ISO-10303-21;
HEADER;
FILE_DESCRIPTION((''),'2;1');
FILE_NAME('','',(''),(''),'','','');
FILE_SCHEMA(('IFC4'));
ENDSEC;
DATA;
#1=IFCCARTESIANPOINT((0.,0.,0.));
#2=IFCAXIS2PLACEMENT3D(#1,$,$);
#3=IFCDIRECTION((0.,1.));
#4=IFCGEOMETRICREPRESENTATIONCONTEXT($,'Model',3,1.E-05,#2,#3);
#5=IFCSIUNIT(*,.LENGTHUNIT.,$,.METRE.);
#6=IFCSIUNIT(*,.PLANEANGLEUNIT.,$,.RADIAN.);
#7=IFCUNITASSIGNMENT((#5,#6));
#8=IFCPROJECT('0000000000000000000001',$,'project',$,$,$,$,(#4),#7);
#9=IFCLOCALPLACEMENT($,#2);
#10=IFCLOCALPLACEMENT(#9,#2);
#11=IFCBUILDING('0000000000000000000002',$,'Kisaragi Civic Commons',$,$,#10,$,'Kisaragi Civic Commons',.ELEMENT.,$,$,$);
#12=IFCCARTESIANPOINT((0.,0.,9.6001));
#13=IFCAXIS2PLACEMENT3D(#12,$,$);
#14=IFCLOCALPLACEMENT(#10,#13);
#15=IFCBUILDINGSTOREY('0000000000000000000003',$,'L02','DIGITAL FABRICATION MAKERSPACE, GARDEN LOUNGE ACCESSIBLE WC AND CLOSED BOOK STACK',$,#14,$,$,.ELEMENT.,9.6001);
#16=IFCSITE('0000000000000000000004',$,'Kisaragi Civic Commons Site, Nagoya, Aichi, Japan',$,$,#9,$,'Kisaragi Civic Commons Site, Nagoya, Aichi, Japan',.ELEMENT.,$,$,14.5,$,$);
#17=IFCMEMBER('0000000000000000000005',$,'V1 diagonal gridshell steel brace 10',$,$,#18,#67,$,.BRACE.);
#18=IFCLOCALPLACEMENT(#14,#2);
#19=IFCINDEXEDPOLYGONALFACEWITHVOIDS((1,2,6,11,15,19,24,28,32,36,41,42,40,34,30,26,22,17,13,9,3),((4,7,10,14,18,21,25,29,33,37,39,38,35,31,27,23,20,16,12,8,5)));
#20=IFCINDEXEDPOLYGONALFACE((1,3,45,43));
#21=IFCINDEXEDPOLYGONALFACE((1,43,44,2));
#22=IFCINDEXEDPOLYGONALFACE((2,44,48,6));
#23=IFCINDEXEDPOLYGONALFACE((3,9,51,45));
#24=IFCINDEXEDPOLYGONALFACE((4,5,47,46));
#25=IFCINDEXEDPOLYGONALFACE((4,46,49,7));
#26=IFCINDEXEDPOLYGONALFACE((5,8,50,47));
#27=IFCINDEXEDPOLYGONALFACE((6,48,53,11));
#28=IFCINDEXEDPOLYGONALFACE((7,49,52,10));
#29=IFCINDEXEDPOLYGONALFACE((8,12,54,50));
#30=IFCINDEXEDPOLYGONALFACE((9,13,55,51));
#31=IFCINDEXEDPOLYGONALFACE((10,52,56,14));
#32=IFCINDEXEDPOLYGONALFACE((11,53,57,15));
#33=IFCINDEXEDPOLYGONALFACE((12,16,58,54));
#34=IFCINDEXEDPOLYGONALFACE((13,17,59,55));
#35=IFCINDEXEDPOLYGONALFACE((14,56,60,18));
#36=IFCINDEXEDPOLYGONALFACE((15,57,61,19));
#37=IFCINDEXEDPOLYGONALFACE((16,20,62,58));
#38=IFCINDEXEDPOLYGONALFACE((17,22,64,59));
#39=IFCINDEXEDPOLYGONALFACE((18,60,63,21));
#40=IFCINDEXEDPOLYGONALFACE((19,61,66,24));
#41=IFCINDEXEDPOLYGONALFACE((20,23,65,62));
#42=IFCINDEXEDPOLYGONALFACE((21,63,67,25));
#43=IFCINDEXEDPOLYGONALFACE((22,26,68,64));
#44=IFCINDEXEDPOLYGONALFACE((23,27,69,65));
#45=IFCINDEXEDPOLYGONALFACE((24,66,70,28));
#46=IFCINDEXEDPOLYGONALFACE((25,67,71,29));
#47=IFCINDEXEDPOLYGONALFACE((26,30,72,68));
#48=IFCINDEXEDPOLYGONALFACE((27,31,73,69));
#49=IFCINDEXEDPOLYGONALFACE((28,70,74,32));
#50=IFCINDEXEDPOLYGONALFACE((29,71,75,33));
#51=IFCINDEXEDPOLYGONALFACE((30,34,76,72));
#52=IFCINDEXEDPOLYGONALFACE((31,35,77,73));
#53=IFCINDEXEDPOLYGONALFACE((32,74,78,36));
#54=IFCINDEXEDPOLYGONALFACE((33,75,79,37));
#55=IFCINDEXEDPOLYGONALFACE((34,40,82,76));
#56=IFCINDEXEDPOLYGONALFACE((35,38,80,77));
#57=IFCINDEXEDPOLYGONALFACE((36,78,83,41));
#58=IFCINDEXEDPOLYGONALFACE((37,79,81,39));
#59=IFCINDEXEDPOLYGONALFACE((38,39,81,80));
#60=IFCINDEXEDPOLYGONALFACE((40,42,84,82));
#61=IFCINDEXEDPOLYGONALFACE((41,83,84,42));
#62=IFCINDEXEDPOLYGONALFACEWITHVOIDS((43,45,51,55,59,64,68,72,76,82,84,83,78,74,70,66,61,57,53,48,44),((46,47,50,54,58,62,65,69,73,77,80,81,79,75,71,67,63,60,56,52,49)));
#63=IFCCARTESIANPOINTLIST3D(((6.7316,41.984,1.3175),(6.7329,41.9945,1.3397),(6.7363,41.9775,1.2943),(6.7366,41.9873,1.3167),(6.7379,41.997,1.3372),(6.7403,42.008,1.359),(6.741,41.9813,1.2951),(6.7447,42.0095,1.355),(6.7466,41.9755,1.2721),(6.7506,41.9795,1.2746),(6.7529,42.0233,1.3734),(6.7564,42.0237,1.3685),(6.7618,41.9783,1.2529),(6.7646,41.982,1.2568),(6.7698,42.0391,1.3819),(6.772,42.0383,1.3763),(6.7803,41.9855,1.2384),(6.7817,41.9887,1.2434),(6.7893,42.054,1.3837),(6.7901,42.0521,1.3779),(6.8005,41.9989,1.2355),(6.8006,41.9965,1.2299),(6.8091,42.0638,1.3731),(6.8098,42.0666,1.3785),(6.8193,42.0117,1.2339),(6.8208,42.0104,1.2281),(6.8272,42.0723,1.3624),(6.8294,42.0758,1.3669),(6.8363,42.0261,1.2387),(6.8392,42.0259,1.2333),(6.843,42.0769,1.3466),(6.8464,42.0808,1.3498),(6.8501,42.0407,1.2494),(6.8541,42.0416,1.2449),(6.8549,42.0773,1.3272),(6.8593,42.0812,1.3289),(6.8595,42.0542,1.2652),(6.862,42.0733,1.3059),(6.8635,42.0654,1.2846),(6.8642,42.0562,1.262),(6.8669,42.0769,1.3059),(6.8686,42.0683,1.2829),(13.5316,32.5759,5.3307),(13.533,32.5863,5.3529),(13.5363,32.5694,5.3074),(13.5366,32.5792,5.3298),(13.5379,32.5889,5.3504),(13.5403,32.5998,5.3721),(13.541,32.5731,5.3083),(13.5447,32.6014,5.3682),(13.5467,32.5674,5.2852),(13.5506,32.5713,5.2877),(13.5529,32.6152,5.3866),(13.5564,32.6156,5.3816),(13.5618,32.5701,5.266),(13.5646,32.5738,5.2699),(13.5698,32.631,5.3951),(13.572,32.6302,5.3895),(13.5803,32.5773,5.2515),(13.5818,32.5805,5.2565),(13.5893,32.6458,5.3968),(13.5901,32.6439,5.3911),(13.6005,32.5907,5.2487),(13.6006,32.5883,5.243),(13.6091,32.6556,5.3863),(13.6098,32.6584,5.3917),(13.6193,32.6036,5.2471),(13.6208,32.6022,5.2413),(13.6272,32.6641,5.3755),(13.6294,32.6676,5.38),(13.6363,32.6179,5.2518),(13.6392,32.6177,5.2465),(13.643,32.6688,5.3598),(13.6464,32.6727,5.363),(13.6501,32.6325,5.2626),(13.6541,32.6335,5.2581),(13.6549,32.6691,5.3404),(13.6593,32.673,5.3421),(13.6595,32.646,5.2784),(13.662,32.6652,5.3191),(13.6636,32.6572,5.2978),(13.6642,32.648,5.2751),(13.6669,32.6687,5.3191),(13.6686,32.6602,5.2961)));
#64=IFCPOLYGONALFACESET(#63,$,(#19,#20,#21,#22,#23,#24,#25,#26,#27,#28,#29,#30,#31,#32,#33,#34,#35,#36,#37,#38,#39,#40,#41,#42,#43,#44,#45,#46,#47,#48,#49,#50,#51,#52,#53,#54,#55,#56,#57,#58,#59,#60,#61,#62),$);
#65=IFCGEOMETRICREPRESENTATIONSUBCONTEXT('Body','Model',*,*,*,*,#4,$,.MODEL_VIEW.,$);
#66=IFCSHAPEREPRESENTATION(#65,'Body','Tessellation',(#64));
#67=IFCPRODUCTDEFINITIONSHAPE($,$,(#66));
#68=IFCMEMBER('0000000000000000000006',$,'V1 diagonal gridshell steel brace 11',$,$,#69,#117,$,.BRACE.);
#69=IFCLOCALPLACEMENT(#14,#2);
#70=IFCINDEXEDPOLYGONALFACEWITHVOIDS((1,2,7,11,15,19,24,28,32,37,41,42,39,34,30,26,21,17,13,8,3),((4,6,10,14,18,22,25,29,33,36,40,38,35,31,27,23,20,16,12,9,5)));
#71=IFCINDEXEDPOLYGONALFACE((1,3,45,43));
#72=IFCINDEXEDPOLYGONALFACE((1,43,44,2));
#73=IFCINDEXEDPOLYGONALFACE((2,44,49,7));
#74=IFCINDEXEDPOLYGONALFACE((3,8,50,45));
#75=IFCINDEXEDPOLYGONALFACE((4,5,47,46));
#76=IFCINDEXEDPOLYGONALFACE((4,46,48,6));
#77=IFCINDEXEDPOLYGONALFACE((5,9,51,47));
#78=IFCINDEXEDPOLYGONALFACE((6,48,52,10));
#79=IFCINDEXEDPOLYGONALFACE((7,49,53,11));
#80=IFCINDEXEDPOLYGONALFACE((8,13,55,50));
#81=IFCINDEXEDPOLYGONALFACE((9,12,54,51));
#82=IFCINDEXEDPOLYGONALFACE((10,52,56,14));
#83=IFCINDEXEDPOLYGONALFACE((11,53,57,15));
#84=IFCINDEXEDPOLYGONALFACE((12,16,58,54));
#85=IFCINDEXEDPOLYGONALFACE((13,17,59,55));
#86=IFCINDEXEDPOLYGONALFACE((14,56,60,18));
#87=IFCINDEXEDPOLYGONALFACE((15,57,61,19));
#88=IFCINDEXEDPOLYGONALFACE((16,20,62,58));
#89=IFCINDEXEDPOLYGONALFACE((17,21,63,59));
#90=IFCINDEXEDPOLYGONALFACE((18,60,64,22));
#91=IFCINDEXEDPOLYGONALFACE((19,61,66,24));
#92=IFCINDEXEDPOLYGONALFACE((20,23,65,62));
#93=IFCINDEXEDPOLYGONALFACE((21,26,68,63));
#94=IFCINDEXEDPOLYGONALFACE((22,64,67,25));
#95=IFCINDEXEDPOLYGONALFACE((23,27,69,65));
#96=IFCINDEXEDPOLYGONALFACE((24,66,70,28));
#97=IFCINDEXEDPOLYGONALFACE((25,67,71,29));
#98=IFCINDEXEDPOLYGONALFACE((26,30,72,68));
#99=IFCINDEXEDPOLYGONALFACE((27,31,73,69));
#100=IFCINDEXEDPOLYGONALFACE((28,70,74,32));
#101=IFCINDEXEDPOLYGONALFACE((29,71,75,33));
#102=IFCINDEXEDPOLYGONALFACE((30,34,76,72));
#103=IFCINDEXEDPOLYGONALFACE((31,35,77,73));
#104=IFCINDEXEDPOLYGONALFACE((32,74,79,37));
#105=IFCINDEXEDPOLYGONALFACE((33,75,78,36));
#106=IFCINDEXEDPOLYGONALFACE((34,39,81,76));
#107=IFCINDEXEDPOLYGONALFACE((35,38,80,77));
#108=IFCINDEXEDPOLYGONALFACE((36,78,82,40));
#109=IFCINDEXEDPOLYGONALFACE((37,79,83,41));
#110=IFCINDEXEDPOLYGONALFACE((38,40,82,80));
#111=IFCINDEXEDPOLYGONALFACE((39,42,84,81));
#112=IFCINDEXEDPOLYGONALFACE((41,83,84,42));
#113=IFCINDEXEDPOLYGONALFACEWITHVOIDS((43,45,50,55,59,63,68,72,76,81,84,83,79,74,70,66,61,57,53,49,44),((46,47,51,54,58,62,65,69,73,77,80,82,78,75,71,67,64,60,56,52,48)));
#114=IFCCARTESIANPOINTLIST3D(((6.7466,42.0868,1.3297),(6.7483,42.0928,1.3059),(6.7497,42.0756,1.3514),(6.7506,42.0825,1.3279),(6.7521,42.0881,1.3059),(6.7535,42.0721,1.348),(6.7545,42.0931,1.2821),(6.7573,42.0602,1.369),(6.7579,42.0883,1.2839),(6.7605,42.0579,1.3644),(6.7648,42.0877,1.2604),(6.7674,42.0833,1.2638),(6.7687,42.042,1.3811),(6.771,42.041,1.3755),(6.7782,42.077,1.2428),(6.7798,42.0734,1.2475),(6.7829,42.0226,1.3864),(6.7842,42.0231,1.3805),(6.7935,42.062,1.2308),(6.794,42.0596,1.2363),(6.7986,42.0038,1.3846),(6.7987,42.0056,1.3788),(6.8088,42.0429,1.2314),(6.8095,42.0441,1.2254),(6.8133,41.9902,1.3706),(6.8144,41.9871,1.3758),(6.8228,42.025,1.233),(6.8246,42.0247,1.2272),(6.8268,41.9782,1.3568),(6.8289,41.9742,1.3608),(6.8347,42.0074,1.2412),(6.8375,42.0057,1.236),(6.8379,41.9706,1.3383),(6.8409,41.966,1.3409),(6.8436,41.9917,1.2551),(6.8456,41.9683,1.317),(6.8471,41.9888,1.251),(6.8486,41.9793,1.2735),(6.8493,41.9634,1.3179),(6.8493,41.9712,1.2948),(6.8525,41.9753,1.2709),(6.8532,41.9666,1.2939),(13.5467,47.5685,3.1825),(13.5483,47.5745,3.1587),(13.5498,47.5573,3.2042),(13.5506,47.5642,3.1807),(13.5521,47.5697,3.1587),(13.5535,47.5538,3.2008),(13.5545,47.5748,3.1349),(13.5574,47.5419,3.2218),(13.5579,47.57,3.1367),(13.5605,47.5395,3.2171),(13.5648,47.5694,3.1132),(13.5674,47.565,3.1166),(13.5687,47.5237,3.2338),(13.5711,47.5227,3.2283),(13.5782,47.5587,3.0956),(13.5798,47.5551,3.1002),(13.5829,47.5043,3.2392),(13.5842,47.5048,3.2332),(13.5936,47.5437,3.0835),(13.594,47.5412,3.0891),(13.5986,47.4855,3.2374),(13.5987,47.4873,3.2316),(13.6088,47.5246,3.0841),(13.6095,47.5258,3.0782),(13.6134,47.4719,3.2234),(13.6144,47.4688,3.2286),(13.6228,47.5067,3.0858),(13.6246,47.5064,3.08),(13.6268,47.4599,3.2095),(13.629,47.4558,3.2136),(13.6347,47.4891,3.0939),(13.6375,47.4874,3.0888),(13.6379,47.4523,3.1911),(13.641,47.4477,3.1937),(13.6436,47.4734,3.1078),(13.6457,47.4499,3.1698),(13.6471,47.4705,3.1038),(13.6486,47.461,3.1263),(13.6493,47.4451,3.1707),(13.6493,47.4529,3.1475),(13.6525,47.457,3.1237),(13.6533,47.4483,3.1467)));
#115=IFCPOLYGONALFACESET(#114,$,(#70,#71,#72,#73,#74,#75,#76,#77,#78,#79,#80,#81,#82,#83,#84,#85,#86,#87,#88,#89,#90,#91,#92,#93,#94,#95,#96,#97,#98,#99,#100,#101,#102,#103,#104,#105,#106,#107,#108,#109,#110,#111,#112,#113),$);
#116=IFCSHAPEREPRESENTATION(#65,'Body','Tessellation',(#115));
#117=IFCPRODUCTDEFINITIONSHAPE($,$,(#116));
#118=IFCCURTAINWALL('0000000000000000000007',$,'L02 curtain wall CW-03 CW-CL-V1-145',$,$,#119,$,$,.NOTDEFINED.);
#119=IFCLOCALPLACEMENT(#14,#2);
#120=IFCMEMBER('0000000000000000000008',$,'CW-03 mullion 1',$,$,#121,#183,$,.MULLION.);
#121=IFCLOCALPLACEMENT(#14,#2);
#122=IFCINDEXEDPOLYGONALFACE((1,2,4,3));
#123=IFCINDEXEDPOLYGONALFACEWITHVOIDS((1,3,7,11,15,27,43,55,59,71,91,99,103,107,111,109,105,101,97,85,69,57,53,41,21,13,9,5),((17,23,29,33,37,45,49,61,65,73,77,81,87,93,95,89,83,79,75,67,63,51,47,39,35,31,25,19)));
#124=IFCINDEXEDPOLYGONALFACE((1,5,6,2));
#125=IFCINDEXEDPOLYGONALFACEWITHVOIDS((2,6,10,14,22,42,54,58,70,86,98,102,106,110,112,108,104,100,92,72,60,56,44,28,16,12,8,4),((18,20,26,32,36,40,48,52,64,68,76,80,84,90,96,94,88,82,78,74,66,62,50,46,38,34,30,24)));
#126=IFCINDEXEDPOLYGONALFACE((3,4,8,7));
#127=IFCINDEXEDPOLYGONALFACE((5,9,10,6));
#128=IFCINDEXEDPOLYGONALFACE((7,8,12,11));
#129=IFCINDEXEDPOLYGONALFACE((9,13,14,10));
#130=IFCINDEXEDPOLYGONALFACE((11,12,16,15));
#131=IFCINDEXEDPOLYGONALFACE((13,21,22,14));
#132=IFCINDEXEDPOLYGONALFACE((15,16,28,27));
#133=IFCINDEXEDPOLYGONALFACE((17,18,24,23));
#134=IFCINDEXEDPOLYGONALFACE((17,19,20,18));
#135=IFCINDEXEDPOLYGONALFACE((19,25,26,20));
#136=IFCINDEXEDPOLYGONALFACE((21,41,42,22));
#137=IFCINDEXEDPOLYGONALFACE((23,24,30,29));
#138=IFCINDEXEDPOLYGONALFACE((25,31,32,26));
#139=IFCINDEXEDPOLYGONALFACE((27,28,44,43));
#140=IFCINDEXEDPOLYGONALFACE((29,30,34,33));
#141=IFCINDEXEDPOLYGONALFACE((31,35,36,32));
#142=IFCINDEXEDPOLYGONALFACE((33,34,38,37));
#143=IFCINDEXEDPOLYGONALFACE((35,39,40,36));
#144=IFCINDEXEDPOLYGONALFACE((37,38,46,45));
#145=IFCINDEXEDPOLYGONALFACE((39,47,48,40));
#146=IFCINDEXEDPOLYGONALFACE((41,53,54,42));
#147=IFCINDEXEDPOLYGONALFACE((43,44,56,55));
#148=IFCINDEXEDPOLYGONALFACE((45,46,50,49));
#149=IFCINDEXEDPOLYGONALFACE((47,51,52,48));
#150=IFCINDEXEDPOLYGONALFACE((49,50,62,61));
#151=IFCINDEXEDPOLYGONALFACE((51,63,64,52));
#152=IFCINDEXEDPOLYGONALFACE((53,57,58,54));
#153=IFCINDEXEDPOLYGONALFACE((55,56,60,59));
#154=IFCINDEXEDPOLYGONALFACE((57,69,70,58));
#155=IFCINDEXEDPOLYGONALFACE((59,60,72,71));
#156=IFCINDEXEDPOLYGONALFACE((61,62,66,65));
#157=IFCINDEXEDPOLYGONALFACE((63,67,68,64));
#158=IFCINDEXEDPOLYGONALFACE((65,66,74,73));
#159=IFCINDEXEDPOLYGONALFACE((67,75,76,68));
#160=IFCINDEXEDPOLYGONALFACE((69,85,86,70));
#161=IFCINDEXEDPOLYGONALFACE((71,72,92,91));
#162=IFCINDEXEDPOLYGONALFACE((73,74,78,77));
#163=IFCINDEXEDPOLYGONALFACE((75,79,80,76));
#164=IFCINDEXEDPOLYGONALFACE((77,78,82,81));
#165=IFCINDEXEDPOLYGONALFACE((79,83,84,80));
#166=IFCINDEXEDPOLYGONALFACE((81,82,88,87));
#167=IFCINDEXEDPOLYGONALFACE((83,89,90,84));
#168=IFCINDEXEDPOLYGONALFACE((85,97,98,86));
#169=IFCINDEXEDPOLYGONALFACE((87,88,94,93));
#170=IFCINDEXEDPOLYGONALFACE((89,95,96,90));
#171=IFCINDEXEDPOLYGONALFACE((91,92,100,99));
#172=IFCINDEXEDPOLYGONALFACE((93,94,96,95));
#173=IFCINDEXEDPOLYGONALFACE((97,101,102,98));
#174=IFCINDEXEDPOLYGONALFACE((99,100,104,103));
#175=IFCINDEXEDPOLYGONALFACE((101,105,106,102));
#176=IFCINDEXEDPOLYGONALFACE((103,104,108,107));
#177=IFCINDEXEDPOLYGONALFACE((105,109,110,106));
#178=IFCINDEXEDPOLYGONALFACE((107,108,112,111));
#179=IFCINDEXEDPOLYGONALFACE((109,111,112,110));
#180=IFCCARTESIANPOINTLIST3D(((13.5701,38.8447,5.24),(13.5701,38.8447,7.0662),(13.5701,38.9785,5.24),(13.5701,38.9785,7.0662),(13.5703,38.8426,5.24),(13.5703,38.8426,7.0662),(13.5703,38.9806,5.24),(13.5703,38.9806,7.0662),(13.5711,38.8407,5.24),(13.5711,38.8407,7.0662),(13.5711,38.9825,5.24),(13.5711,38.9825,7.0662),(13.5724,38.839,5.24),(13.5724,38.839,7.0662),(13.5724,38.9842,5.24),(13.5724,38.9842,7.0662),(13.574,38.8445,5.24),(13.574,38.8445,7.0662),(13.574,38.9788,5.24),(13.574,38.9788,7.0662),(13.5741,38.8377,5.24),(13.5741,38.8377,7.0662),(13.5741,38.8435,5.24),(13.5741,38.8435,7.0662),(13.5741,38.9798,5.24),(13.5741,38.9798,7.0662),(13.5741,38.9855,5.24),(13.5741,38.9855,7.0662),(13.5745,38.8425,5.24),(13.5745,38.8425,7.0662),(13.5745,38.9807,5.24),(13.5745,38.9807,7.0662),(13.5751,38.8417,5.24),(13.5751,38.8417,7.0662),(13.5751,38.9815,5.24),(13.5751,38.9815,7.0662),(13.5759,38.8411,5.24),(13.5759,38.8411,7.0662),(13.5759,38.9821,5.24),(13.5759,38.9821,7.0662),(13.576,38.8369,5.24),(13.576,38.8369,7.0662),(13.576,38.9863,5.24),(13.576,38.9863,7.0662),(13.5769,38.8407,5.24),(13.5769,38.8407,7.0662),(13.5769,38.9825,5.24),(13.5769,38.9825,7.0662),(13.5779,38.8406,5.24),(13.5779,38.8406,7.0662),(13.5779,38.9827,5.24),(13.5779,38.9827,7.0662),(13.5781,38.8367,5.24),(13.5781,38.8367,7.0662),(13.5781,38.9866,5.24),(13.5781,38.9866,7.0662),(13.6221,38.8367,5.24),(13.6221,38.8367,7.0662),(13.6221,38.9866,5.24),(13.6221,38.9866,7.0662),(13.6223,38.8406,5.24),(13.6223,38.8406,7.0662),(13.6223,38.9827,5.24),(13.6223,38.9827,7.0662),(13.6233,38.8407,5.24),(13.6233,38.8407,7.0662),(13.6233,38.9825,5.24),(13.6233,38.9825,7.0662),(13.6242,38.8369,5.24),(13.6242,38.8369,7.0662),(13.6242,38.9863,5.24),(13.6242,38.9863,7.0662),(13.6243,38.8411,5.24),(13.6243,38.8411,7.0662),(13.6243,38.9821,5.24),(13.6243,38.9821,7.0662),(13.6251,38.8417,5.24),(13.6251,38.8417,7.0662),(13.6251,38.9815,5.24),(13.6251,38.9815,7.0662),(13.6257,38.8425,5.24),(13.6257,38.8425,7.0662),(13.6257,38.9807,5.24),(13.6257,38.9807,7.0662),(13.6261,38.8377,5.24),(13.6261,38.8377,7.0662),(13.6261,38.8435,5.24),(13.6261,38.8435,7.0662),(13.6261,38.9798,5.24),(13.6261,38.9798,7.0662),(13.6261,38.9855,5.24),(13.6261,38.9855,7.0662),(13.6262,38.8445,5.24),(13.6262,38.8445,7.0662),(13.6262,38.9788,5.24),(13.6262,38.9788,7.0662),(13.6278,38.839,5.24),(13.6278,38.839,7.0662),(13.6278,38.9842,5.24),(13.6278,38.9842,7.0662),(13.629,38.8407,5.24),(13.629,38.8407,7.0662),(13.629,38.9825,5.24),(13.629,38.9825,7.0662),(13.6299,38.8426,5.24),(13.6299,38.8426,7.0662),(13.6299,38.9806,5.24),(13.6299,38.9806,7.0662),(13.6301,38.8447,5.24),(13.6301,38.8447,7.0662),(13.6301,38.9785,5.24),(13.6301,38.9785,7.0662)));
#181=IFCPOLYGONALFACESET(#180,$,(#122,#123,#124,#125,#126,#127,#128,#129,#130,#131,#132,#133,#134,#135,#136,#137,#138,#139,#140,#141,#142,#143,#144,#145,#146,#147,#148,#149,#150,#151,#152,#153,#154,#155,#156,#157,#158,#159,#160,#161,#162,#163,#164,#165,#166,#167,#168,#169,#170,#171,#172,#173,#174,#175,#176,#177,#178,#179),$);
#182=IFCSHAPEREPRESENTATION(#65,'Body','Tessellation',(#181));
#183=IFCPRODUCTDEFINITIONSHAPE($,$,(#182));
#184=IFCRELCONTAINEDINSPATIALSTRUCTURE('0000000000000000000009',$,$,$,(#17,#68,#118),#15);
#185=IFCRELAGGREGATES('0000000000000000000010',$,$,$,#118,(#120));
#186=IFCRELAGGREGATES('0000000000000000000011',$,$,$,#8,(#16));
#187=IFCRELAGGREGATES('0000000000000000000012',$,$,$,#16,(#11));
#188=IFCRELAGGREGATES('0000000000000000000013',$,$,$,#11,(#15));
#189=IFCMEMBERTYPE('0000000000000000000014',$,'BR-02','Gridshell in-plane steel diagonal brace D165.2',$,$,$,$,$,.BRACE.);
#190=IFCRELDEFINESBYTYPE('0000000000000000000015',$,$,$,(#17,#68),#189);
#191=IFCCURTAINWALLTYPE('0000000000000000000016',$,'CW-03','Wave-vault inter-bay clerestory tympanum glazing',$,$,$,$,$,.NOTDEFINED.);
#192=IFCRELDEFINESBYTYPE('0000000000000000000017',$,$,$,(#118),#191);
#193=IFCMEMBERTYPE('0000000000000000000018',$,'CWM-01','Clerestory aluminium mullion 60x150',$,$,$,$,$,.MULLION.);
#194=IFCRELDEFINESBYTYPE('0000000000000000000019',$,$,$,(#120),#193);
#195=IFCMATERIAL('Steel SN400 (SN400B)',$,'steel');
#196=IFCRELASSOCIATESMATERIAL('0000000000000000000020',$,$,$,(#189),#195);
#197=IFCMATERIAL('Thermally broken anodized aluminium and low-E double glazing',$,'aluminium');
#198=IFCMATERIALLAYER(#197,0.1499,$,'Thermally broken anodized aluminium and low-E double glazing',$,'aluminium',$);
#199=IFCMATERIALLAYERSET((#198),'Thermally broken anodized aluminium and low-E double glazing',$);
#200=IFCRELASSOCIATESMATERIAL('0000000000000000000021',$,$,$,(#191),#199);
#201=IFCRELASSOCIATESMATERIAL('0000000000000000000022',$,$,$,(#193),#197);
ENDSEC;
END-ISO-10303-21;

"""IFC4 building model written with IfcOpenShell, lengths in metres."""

from ifc_helpers import new_model, si_unit, direction, frame, origin, origin_2d, place, context, subcontext, project, spatial, hollow_rectangle, hollow_circle, extrude, material, layer, layer_set, material_profile, profile_set, type_object, element, aggregate, save


model = new_model("IFC4")

# Units and contexts
model_context = context("Model", 3, precision=1e-05, world=origin(), true_north=direction((0.0, 1.0)))
body_context = subcontext(model_context, "Body", "Model", "MODEL_VIEW")
ifc_project = project(units=[si_unit("LENGTHUNIT", "METRE"), si_unit("PLANEANGLEUNIT", "RADIAN")], contexts=[model_context])

# Site, building, storey
site_placement = place(None, origin())
site = spatial("IfcSite", under=ifc_project, at=site_placement, Name="Kisaragi Civic Commons Site, Nagoya, Aichi, Japan", LongName="Kisaragi Civic Commons Site, Nagoya, Aichi, Japan", CompositionType="ELEMENT", RefElevation=14.5)
building_placement = place(site_placement, origin())
building = spatial("IfcBuilding", under=site, at=building_placement, Name="Kisaragi Civic Commons", LongName="Kisaragi Civic Commons", CompositionType="ELEMENT")
storey_placement = place(building_placement, frame((0.0, 0.0, 9.6001)))
storey = spatial("IfcBuildingStorey", under=building, at=storey_placement, Name="L02", Description="DIGITAL FABRICATION MAKERSPACE, GARDEN LOUNGE ACCESSIBLE WC AND CLOSED BOOK STACK", CompositionType="ELEMENT", Elevation=9.6001)

# Members
ifc_material_1 = material(Name="Steel SN400 (SN400B)", Category="steel")
ifc_material_profile_1 = material_profile(ifc_material_1, hollow_circle(Radius=0.0825, WallThickness=0.0061, at=origin_2d()), Name="CHS-165.2x6.0", Category="steel")
ifc_profile_set_1 = profile_set([ifc_material_profile_1], Name="Steel SN400 (SN400B)")
member_type_1 = type_object("IfcMemberType", Name="BR-02", Description="Gridshell in-plane steel diagonal brace D165.2", PredefinedType="BRACE", material=ifc_profile_set_1)
member_1_placement = place(storey_placement, frame((6.8, 42.0286, 1.3059), z_axis=(0.553636, -0.765982, 0.326739), x_axis=(0.810465, 0.585787, 0.0)))
element("IfcMember", 1, at=member_1_placement, inside=storey, type_object=member_type_1, Name="V1 diagonal gridshell steel brace 10", PredefinedType="BRACE", context=body_context, shape_type="SweptSolid", body=[
    extrude(hollow_circle(Radius=0.0825, WallThickness=0.0061, at=origin_2d()), origin(), (0.0, 0.0, 1.0), 12.2825),
])
member_2_placement = place(storey_placement, frame((6.8, 42.0286, 1.3059), z_axis=(0.761591, 0.613938, 0.207508), x_axis=(-0.627598, 0.778537, 0.0)))
element("IfcMember", 2, at=member_2_placement, inside=storey, type_object=member_type_1, Name="V1 diagonal gridshell steel brace 11", PredefinedType="BRACE", context=body_context, shape_type="SweptSolid", body=[
    extrude(hollow_circle(Radius=0.0825, WallThickness=0.0061, at=origin_2d()), origin(), (0.0, 0.0, 1.0), 8.9287),
])

# Curtain wall, member
ifc_material_2 = material(Name="Thermally broken anodized aluminium and low-E double glazing", Category="aluminium")
ifc_layer_1 = layer(ifc_material_2, 0.1499, Name="Thermally broken anodized aluminium and low-E double glazing", Category="aluminium")
ifc_layer_set_1 = layer_set([ifc_layer_1], Name="Thermally broken anodized aluminium and low-E double glazing")
curtain_wall_type = type_object("IfcCurtainWallType", Name="CW-03", Description="Wave-vault inter-bay clerestory tympanum glazing", PredefinedType="NOTDEFINED", material=ifc_layer_set_1)
curtain_wall_placement = place(storey_placement, origin())
curtain_wall = element("IfcCurtainWall", 3, at=curtain_wall_placement, inside=storey, type_object=curtain_wall_type, Name="L02 curtain wall CW-03 CW-CL-V1-145", PredefinedType="NOTDEFINED")
ifc_material_profile_2 = material_profile(ifc_material_2, hollow_rectangle(XDim=0.0601, YDim=0.1499, WallThickness=0.0039, InnerFilletRadius=0.0039, OuterFilletRadius=0.0081, at=origin_2d()), Name="CWM-60x150x4", Category="aluminium")
ifc_profile_set_2 = profile_set([ifc_material_profile_2], Name="Thermally broken anodized aluminium and low-E double glazing")
member_type_2 = type_object("IfcMemberType", Name="CWM-01", Description="Clerestory aluminium mullion 60x150", PredefinedType="MULLION", material=ifc_profile_set_2)
member_3_placement = place(storey_placement, frame((13.6001, 38.9116, 5.24), z_axis=(0.0, 0.0, 1.0), x_axis=(-1.0, 0.0, 0.0)))
member_3 = element("IfcMember", 4, at=member_3_placement, type_object=member_type_2, Name="CW-03 mullion 1", PredefinedType="MULLION", context=body_context, shape_type="SweptSolid", body=[
    extrude(hollow_rectangle(XDim=0.0601, YDim=0.1499, WallThickness=0.0039, InnerFilletRadius=0.0039, OuterFilletRadius=0.0081, at=origin_2d()), origin(), (0.0, 0.0, 1.0), 1.8262),
])

aggregate(curtain_wall, [member_3])

save(model, "model.ifc")
